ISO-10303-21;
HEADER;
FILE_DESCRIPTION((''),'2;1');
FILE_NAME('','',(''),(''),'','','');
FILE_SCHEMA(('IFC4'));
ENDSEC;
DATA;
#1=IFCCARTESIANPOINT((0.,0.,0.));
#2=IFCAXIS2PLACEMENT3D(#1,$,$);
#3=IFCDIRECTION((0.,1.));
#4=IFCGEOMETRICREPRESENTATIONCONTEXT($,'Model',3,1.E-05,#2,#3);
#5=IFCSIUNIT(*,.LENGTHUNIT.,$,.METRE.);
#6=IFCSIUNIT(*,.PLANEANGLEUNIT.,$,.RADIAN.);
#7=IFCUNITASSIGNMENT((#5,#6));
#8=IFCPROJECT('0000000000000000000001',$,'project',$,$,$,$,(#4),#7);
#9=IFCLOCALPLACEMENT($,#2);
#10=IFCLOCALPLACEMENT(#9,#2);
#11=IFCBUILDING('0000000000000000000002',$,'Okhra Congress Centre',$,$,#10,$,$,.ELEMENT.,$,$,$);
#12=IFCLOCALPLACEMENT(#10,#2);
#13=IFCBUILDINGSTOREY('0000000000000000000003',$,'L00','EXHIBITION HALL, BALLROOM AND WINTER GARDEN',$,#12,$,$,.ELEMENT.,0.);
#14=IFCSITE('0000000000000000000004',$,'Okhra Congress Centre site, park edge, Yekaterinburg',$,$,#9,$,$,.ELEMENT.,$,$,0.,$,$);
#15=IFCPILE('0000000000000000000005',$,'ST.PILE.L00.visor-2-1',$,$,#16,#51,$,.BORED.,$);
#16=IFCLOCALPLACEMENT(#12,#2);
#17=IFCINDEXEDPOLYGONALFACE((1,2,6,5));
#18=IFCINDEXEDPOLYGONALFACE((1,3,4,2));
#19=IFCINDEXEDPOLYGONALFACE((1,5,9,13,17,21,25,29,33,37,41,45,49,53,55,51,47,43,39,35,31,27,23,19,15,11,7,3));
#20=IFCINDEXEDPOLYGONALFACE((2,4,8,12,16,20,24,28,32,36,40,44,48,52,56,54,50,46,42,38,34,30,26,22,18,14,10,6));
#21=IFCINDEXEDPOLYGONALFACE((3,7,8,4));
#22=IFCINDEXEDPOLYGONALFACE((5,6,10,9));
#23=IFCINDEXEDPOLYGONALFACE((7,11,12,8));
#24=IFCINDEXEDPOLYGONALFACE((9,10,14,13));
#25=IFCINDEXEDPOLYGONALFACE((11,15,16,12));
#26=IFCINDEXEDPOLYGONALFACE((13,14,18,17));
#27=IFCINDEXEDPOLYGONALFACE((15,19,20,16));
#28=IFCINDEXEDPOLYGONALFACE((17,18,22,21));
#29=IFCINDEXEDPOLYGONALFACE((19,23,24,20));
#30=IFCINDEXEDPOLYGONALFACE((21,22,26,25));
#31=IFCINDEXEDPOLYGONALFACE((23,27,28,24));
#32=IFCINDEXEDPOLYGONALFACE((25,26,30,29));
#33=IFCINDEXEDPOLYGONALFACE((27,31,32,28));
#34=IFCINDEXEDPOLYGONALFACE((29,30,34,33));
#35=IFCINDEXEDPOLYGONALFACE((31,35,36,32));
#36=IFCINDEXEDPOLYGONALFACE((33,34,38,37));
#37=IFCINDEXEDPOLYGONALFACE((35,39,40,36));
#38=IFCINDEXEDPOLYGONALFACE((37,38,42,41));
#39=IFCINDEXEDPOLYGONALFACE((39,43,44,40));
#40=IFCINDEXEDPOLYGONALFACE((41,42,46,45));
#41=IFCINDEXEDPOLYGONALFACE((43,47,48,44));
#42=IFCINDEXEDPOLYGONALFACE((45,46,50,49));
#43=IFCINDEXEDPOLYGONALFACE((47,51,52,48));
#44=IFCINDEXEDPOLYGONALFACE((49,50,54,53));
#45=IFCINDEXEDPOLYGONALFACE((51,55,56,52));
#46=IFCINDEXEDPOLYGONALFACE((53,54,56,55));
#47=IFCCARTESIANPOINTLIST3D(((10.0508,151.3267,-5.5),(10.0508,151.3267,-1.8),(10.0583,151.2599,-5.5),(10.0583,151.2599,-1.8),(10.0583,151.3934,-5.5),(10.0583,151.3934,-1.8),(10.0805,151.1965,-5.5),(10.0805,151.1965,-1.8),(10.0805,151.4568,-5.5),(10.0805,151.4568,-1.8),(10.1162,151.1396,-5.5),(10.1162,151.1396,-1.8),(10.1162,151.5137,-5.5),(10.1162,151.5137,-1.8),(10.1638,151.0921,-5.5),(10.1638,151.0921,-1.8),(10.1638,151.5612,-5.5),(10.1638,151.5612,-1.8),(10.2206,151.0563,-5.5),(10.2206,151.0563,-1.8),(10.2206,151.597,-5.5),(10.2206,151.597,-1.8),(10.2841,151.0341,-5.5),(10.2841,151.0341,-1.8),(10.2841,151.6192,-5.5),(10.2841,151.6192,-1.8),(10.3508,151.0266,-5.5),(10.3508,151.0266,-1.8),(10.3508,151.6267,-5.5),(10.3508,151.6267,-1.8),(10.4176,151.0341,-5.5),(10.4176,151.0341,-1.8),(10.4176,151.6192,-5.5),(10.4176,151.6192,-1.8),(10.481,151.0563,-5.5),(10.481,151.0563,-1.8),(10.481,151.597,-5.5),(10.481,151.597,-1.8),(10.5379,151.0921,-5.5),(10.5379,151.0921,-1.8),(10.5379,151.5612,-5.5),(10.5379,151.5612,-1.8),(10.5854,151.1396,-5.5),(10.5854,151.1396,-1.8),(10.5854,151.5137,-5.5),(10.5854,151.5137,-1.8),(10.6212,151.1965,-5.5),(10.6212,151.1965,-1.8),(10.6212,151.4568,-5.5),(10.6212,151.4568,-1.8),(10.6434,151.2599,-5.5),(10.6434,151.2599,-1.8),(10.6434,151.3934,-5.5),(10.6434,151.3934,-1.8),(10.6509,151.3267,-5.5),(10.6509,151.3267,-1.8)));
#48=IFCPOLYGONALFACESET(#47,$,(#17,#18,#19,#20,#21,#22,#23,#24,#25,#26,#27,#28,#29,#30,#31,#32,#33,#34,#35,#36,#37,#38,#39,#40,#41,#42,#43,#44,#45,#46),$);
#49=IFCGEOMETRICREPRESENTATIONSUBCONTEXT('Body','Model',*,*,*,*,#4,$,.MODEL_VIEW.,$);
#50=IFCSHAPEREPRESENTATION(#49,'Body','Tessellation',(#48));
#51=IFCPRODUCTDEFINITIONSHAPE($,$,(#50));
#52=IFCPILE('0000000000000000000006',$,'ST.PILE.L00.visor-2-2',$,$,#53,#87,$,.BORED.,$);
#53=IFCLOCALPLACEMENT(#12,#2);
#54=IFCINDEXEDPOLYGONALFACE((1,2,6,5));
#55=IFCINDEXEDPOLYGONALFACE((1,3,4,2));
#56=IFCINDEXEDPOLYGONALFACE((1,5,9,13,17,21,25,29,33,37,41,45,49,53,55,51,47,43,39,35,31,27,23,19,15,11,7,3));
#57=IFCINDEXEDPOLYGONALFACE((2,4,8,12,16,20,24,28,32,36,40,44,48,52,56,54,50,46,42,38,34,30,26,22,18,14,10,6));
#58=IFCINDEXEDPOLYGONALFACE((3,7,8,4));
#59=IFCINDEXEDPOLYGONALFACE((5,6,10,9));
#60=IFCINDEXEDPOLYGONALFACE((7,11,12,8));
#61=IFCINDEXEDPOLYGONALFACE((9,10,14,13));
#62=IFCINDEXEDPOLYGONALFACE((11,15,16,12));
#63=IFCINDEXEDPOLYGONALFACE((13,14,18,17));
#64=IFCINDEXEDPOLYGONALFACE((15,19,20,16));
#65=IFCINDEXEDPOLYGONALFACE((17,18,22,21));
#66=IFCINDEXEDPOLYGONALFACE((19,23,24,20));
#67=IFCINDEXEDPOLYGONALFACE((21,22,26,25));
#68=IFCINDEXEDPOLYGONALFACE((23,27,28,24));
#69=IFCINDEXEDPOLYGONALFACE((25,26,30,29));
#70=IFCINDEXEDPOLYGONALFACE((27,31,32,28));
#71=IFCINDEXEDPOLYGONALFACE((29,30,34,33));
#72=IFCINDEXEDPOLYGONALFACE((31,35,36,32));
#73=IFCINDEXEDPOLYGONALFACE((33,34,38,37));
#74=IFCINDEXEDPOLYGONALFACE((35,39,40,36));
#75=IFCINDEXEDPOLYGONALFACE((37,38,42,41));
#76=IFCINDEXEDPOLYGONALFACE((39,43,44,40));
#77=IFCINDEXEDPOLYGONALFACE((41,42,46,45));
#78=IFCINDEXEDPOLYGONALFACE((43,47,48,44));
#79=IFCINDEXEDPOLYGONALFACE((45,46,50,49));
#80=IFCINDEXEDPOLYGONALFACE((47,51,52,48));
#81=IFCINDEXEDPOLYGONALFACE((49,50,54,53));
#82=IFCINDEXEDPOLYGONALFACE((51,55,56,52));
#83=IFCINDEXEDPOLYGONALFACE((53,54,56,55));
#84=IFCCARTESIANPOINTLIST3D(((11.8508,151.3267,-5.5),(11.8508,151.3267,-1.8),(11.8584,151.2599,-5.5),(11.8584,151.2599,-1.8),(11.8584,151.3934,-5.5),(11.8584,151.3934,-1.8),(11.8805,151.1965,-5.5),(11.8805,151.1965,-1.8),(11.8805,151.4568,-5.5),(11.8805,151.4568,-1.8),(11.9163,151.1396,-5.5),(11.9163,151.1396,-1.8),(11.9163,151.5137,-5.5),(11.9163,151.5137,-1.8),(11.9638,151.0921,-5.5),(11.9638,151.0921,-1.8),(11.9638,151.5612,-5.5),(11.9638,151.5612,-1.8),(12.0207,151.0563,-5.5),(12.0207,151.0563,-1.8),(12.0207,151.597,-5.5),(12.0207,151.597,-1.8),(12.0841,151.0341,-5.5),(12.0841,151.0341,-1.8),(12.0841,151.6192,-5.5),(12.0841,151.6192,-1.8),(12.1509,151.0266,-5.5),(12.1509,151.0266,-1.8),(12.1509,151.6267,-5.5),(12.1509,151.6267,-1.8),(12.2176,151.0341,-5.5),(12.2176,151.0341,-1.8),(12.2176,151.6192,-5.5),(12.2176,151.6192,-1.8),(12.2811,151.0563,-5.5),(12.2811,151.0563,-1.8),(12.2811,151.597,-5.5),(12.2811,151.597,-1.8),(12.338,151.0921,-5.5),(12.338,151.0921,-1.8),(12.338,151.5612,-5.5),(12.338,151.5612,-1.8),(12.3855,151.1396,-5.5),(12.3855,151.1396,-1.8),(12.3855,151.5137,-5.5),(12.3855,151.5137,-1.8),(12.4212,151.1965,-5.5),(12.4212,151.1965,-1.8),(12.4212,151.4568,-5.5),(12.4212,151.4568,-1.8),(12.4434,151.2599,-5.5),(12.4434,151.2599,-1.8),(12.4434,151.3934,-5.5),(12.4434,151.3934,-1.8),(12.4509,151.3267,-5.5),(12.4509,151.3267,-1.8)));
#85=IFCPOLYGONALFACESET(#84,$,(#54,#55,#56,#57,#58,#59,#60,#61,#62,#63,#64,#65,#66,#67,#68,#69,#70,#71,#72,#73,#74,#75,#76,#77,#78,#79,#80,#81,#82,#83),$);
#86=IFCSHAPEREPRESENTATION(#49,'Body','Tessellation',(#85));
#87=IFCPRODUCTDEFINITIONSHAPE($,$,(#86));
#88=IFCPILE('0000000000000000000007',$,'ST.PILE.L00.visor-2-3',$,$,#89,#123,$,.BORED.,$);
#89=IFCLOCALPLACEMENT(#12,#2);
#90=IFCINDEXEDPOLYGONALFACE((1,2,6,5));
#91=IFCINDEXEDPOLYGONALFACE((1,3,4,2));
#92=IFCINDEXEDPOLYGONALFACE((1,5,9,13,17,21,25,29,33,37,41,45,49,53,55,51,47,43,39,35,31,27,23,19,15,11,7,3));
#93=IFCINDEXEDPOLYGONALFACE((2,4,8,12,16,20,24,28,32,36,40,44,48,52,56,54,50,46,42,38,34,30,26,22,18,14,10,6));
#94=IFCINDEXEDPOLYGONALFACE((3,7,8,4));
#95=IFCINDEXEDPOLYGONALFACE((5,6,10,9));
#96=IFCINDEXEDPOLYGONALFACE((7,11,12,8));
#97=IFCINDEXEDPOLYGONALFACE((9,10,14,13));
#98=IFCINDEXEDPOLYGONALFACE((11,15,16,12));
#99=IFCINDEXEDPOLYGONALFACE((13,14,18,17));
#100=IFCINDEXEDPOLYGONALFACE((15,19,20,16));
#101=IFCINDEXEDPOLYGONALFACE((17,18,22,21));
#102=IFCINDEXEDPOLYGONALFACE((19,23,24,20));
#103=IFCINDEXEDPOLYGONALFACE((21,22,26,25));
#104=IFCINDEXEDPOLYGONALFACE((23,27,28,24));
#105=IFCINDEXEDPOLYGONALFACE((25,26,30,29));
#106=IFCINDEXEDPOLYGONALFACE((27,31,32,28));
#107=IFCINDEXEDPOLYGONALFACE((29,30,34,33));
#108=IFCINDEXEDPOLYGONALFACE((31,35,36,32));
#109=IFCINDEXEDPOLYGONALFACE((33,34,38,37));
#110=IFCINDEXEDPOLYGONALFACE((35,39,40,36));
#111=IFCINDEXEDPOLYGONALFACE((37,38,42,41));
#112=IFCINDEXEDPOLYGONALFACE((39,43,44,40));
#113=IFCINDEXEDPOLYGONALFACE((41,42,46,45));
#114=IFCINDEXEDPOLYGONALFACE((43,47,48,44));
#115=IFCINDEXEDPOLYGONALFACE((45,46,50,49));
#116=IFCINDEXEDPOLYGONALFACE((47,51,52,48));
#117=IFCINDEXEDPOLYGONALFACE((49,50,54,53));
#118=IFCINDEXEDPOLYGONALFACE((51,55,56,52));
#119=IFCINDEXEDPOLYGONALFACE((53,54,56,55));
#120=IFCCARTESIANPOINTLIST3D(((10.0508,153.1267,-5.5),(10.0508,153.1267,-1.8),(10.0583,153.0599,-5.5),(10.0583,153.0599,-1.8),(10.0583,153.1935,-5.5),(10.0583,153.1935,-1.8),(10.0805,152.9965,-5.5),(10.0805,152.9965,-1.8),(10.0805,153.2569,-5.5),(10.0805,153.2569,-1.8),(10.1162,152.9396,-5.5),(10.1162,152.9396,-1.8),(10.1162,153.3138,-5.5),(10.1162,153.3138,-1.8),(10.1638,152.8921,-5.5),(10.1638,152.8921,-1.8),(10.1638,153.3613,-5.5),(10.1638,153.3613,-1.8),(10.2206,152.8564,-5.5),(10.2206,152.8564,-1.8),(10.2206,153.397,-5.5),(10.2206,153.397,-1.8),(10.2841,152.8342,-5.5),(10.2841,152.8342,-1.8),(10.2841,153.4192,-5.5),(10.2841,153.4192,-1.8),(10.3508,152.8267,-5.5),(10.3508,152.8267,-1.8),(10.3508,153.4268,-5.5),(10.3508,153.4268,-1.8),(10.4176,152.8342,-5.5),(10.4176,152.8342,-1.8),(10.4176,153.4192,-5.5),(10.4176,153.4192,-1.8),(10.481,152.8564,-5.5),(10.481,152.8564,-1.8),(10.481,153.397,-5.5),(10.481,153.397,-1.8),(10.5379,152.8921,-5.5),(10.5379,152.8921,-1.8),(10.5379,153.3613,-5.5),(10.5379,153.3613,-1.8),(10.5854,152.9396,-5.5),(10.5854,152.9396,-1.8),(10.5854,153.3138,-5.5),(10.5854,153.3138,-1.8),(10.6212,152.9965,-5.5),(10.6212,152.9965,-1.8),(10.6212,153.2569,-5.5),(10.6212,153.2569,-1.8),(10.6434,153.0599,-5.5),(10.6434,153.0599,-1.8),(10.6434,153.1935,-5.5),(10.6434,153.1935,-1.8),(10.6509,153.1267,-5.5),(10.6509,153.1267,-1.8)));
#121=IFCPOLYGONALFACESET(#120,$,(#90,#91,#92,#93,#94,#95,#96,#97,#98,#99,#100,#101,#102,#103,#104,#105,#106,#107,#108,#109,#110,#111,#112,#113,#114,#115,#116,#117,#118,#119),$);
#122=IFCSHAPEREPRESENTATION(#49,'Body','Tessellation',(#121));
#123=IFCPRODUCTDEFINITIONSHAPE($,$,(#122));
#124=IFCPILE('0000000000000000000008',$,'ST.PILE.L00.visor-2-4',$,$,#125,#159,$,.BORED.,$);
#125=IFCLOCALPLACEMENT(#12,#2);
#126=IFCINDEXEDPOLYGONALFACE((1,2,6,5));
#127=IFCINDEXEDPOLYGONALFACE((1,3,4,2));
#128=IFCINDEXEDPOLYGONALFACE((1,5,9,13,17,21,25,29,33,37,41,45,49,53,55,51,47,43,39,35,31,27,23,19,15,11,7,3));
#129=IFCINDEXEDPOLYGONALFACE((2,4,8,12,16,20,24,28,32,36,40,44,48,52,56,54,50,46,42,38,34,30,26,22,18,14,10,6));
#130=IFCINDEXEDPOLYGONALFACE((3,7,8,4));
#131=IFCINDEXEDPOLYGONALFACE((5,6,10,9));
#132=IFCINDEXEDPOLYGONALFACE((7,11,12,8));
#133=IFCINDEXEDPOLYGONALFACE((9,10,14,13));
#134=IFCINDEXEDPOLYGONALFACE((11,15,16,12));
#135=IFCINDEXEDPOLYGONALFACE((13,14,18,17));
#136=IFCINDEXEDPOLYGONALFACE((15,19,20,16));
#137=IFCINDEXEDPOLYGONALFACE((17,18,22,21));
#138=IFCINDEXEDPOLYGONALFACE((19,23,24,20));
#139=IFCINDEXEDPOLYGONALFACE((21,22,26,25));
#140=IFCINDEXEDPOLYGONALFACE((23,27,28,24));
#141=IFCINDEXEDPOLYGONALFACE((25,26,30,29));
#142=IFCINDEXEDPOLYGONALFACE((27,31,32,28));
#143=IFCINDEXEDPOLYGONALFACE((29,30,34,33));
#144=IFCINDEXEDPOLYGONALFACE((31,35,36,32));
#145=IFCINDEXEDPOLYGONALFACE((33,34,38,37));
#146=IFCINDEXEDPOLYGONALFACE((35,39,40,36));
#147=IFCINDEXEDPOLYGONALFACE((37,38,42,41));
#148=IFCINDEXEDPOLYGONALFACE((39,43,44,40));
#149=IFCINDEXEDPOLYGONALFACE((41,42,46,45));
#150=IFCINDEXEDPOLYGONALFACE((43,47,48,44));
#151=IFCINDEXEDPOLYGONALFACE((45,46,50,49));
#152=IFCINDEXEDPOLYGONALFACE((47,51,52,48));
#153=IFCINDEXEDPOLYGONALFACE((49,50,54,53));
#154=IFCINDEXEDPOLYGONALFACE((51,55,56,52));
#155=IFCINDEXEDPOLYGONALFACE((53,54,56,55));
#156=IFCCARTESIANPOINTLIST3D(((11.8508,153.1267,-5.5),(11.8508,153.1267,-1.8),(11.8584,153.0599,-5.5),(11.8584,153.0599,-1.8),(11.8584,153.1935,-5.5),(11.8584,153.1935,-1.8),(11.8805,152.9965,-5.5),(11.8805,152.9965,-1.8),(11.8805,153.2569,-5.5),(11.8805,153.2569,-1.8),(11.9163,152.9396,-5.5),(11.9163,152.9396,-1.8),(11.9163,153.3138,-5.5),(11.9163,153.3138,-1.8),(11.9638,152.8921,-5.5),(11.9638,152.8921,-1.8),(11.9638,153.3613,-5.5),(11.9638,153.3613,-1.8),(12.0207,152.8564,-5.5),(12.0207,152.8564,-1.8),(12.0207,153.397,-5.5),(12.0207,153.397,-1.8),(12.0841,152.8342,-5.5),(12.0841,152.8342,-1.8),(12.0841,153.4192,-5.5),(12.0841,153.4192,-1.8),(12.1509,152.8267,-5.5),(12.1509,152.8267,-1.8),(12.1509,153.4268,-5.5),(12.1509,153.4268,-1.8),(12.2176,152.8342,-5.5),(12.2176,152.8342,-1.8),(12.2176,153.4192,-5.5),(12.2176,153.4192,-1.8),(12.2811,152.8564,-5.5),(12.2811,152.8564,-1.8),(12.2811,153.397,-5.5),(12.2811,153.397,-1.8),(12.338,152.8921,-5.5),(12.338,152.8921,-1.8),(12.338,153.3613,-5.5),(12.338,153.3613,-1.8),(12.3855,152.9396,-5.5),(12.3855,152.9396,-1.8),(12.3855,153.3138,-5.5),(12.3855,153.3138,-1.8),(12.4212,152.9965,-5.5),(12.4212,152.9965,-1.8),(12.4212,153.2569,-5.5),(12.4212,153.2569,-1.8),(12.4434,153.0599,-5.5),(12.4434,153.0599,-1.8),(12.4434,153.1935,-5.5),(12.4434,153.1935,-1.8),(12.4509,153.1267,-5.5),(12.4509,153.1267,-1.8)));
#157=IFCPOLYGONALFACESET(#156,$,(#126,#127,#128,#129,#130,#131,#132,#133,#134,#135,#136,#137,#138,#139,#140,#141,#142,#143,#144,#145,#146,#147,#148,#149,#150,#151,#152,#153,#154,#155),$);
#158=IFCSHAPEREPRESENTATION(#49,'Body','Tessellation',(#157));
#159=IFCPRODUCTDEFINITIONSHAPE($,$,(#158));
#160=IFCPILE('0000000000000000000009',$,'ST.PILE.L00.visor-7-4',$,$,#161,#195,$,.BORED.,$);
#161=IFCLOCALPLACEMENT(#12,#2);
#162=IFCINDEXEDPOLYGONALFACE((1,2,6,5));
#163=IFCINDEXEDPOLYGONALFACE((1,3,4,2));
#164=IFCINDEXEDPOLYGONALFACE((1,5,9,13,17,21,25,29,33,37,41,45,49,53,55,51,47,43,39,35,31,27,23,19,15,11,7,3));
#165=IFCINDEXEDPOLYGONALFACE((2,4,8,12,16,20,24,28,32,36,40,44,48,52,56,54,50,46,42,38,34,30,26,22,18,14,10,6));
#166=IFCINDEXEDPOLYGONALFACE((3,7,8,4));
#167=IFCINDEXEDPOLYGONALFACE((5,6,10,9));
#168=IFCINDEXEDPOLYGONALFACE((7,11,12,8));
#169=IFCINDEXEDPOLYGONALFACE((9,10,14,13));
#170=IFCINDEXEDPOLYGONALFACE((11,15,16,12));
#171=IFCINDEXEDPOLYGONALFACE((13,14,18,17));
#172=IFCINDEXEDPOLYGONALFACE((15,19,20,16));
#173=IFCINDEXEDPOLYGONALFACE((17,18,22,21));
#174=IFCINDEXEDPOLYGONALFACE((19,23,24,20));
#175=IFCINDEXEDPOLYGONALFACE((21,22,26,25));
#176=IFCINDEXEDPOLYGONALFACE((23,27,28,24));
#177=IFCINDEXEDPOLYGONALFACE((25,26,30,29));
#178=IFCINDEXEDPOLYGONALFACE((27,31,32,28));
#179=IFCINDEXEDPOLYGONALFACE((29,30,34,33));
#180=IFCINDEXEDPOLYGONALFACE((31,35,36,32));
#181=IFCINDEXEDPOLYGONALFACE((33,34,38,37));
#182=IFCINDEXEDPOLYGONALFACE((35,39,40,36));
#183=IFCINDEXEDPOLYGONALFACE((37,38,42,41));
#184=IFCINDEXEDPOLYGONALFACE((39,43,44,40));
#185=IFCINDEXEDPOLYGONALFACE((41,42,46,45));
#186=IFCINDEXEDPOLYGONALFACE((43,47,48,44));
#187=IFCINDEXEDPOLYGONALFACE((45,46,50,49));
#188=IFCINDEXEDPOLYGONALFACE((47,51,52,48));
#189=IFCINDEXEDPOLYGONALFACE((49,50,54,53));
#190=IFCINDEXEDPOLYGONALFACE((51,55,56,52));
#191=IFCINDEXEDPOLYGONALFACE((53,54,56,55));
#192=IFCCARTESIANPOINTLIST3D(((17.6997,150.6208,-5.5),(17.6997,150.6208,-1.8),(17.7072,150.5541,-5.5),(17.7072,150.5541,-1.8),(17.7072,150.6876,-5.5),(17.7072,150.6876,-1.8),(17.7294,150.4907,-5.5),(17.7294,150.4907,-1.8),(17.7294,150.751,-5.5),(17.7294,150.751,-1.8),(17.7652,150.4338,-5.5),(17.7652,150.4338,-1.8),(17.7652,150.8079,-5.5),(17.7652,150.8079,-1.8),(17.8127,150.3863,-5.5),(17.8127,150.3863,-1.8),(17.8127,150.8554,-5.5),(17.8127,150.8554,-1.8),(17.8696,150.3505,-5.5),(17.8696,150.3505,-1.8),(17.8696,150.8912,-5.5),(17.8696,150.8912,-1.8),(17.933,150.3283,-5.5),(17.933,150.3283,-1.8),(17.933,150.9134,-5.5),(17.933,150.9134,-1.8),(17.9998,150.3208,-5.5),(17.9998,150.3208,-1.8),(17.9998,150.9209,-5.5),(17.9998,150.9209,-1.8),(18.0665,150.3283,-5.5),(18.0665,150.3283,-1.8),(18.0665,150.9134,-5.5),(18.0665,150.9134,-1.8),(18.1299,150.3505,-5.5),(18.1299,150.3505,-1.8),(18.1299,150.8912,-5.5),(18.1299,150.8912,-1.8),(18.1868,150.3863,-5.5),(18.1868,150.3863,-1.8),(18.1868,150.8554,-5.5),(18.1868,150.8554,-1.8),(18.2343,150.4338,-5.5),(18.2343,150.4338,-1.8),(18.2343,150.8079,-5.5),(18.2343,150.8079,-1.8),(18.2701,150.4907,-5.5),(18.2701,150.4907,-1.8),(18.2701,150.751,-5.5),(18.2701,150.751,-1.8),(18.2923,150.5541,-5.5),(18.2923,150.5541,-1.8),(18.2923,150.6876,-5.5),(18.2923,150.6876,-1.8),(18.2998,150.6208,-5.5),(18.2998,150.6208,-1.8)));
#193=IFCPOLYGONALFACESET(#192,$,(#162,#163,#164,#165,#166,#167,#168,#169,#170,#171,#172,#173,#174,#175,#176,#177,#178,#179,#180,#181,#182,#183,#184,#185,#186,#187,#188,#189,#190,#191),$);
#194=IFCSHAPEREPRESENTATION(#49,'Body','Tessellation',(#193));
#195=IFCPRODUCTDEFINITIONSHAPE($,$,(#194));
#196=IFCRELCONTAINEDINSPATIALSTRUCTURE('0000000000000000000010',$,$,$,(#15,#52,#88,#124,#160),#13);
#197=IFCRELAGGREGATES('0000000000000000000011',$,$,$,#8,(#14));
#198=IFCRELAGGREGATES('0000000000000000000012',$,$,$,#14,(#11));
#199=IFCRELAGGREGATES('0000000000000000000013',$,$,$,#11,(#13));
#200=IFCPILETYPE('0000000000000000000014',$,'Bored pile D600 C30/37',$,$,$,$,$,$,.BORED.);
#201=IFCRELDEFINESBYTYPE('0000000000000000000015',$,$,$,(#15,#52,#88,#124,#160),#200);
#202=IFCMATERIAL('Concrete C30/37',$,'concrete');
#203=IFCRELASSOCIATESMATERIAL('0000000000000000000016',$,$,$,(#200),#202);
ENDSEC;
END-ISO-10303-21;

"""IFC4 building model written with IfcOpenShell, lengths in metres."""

from ifc_helpers import new_model, si_unit, direction, frame, origin, origin_2d, place, context, subcontext, project, spatial, circle, extrude, material, material_profile, profile_set, type_object, element, save


model = new_model("IFC4")

# Units and contexts
model_context = context("Model", 3, precision=1e-05, world=origin(), true_north=direction((0.0, 1.0)))
body_context = subcontext(model_context, "Body", "Model", "MODEL_VIEW")
ifc_project = project(units=[si_unit("LENGTHUNIT", "METRE"), si_unit("PLANEANGLEUNIT", "RADIAN")], contexts=[model_context])

# Site, building, storey
site_placement = place(None, origin())
site = spatial("IfcSite", under=ifc_project, at=site_placement, Name="Okhra Congress Centre site, park edge, Yekaterinburg", CompositionType="ELEMENT", RefElevation=0.0)
building_placement = place(site_placement, origin())
building = spatial("IfcBuilding", under=site, at=building_placement, Name="Okhra Congress Centre", CompositionType="ELEMENT")
storey_placement = place(building_placement, origin())
storey = spatial("IfcBuildingStorey", under=building, at=storey_placement, Name="L00", Description="EXHIBITION HALL, BALLROOM AND WINTER GARDEN", CompositionType="ELEMENT", Elevation=0.0)

# Piles
ifc_material_1 = material(Name="Concrete C30/37", Category="concrete")
ifc_material_profile_1 = material_profile(ifc_material_1, circle(Radius=0.3, at=origin_2d()), Name="D600")
ifc_profile_set_1 = profile_set([ifc_material_profile_1], Name="Concrete C30/37")
pile_type = type_object("IfcPileType", Name="Bored pile D600 C30/37", PredefinedType="BORED", material=ifc_profile_set_1)
for number, where, z_axis, x_axis, name in (
    (1, (10.3508, 151.3267, -1.8), (0.0, 0.0, -1.0), (1.0, 0.0, 0.0), "ST.PILE.L00.visor-2-1"),
    (2, (12.1509, 151.3267, -1.8), (0.0, 0.0, -1.0), (1.0, 0.0, 0.0), "ST.PILE.L00.visor-2-2"),
    (3, (10.3508, 153.1267, -1.8), (0.0, 0.0, -1.0), (1.0, 0.0, 0.0), "ST.PILE.L00.visor-2-3"),
    (4, (12.1509, 153.1267, -1.8), (0.0, 0.0, -1.0), (1.0, 0.0, 0.0), "ST.PILE.L00.visor-2-4"),
    (5, (17.9998, 150.6208, -1.8), (0.0, 0.0, -1.0), (1.0, 0.0, 0.0), "ST.PILE.L00.visor-7-4"),
):
    element("IfcPile", number, at=place(storey_placement, frame(where, z_axis=z_axis, x_axis=x_axis)), inside=storey, type_object=pile_type, Name=name, PredefinedType="BORED", context=body_context, shape_type="SweptSolid", body=[
        extrude(circle(Radius=0.3, at=origin_2d()), origin(), (0.0, 0.0, 1.0), 3.7),
    ])

save(model, "model.ifc")
